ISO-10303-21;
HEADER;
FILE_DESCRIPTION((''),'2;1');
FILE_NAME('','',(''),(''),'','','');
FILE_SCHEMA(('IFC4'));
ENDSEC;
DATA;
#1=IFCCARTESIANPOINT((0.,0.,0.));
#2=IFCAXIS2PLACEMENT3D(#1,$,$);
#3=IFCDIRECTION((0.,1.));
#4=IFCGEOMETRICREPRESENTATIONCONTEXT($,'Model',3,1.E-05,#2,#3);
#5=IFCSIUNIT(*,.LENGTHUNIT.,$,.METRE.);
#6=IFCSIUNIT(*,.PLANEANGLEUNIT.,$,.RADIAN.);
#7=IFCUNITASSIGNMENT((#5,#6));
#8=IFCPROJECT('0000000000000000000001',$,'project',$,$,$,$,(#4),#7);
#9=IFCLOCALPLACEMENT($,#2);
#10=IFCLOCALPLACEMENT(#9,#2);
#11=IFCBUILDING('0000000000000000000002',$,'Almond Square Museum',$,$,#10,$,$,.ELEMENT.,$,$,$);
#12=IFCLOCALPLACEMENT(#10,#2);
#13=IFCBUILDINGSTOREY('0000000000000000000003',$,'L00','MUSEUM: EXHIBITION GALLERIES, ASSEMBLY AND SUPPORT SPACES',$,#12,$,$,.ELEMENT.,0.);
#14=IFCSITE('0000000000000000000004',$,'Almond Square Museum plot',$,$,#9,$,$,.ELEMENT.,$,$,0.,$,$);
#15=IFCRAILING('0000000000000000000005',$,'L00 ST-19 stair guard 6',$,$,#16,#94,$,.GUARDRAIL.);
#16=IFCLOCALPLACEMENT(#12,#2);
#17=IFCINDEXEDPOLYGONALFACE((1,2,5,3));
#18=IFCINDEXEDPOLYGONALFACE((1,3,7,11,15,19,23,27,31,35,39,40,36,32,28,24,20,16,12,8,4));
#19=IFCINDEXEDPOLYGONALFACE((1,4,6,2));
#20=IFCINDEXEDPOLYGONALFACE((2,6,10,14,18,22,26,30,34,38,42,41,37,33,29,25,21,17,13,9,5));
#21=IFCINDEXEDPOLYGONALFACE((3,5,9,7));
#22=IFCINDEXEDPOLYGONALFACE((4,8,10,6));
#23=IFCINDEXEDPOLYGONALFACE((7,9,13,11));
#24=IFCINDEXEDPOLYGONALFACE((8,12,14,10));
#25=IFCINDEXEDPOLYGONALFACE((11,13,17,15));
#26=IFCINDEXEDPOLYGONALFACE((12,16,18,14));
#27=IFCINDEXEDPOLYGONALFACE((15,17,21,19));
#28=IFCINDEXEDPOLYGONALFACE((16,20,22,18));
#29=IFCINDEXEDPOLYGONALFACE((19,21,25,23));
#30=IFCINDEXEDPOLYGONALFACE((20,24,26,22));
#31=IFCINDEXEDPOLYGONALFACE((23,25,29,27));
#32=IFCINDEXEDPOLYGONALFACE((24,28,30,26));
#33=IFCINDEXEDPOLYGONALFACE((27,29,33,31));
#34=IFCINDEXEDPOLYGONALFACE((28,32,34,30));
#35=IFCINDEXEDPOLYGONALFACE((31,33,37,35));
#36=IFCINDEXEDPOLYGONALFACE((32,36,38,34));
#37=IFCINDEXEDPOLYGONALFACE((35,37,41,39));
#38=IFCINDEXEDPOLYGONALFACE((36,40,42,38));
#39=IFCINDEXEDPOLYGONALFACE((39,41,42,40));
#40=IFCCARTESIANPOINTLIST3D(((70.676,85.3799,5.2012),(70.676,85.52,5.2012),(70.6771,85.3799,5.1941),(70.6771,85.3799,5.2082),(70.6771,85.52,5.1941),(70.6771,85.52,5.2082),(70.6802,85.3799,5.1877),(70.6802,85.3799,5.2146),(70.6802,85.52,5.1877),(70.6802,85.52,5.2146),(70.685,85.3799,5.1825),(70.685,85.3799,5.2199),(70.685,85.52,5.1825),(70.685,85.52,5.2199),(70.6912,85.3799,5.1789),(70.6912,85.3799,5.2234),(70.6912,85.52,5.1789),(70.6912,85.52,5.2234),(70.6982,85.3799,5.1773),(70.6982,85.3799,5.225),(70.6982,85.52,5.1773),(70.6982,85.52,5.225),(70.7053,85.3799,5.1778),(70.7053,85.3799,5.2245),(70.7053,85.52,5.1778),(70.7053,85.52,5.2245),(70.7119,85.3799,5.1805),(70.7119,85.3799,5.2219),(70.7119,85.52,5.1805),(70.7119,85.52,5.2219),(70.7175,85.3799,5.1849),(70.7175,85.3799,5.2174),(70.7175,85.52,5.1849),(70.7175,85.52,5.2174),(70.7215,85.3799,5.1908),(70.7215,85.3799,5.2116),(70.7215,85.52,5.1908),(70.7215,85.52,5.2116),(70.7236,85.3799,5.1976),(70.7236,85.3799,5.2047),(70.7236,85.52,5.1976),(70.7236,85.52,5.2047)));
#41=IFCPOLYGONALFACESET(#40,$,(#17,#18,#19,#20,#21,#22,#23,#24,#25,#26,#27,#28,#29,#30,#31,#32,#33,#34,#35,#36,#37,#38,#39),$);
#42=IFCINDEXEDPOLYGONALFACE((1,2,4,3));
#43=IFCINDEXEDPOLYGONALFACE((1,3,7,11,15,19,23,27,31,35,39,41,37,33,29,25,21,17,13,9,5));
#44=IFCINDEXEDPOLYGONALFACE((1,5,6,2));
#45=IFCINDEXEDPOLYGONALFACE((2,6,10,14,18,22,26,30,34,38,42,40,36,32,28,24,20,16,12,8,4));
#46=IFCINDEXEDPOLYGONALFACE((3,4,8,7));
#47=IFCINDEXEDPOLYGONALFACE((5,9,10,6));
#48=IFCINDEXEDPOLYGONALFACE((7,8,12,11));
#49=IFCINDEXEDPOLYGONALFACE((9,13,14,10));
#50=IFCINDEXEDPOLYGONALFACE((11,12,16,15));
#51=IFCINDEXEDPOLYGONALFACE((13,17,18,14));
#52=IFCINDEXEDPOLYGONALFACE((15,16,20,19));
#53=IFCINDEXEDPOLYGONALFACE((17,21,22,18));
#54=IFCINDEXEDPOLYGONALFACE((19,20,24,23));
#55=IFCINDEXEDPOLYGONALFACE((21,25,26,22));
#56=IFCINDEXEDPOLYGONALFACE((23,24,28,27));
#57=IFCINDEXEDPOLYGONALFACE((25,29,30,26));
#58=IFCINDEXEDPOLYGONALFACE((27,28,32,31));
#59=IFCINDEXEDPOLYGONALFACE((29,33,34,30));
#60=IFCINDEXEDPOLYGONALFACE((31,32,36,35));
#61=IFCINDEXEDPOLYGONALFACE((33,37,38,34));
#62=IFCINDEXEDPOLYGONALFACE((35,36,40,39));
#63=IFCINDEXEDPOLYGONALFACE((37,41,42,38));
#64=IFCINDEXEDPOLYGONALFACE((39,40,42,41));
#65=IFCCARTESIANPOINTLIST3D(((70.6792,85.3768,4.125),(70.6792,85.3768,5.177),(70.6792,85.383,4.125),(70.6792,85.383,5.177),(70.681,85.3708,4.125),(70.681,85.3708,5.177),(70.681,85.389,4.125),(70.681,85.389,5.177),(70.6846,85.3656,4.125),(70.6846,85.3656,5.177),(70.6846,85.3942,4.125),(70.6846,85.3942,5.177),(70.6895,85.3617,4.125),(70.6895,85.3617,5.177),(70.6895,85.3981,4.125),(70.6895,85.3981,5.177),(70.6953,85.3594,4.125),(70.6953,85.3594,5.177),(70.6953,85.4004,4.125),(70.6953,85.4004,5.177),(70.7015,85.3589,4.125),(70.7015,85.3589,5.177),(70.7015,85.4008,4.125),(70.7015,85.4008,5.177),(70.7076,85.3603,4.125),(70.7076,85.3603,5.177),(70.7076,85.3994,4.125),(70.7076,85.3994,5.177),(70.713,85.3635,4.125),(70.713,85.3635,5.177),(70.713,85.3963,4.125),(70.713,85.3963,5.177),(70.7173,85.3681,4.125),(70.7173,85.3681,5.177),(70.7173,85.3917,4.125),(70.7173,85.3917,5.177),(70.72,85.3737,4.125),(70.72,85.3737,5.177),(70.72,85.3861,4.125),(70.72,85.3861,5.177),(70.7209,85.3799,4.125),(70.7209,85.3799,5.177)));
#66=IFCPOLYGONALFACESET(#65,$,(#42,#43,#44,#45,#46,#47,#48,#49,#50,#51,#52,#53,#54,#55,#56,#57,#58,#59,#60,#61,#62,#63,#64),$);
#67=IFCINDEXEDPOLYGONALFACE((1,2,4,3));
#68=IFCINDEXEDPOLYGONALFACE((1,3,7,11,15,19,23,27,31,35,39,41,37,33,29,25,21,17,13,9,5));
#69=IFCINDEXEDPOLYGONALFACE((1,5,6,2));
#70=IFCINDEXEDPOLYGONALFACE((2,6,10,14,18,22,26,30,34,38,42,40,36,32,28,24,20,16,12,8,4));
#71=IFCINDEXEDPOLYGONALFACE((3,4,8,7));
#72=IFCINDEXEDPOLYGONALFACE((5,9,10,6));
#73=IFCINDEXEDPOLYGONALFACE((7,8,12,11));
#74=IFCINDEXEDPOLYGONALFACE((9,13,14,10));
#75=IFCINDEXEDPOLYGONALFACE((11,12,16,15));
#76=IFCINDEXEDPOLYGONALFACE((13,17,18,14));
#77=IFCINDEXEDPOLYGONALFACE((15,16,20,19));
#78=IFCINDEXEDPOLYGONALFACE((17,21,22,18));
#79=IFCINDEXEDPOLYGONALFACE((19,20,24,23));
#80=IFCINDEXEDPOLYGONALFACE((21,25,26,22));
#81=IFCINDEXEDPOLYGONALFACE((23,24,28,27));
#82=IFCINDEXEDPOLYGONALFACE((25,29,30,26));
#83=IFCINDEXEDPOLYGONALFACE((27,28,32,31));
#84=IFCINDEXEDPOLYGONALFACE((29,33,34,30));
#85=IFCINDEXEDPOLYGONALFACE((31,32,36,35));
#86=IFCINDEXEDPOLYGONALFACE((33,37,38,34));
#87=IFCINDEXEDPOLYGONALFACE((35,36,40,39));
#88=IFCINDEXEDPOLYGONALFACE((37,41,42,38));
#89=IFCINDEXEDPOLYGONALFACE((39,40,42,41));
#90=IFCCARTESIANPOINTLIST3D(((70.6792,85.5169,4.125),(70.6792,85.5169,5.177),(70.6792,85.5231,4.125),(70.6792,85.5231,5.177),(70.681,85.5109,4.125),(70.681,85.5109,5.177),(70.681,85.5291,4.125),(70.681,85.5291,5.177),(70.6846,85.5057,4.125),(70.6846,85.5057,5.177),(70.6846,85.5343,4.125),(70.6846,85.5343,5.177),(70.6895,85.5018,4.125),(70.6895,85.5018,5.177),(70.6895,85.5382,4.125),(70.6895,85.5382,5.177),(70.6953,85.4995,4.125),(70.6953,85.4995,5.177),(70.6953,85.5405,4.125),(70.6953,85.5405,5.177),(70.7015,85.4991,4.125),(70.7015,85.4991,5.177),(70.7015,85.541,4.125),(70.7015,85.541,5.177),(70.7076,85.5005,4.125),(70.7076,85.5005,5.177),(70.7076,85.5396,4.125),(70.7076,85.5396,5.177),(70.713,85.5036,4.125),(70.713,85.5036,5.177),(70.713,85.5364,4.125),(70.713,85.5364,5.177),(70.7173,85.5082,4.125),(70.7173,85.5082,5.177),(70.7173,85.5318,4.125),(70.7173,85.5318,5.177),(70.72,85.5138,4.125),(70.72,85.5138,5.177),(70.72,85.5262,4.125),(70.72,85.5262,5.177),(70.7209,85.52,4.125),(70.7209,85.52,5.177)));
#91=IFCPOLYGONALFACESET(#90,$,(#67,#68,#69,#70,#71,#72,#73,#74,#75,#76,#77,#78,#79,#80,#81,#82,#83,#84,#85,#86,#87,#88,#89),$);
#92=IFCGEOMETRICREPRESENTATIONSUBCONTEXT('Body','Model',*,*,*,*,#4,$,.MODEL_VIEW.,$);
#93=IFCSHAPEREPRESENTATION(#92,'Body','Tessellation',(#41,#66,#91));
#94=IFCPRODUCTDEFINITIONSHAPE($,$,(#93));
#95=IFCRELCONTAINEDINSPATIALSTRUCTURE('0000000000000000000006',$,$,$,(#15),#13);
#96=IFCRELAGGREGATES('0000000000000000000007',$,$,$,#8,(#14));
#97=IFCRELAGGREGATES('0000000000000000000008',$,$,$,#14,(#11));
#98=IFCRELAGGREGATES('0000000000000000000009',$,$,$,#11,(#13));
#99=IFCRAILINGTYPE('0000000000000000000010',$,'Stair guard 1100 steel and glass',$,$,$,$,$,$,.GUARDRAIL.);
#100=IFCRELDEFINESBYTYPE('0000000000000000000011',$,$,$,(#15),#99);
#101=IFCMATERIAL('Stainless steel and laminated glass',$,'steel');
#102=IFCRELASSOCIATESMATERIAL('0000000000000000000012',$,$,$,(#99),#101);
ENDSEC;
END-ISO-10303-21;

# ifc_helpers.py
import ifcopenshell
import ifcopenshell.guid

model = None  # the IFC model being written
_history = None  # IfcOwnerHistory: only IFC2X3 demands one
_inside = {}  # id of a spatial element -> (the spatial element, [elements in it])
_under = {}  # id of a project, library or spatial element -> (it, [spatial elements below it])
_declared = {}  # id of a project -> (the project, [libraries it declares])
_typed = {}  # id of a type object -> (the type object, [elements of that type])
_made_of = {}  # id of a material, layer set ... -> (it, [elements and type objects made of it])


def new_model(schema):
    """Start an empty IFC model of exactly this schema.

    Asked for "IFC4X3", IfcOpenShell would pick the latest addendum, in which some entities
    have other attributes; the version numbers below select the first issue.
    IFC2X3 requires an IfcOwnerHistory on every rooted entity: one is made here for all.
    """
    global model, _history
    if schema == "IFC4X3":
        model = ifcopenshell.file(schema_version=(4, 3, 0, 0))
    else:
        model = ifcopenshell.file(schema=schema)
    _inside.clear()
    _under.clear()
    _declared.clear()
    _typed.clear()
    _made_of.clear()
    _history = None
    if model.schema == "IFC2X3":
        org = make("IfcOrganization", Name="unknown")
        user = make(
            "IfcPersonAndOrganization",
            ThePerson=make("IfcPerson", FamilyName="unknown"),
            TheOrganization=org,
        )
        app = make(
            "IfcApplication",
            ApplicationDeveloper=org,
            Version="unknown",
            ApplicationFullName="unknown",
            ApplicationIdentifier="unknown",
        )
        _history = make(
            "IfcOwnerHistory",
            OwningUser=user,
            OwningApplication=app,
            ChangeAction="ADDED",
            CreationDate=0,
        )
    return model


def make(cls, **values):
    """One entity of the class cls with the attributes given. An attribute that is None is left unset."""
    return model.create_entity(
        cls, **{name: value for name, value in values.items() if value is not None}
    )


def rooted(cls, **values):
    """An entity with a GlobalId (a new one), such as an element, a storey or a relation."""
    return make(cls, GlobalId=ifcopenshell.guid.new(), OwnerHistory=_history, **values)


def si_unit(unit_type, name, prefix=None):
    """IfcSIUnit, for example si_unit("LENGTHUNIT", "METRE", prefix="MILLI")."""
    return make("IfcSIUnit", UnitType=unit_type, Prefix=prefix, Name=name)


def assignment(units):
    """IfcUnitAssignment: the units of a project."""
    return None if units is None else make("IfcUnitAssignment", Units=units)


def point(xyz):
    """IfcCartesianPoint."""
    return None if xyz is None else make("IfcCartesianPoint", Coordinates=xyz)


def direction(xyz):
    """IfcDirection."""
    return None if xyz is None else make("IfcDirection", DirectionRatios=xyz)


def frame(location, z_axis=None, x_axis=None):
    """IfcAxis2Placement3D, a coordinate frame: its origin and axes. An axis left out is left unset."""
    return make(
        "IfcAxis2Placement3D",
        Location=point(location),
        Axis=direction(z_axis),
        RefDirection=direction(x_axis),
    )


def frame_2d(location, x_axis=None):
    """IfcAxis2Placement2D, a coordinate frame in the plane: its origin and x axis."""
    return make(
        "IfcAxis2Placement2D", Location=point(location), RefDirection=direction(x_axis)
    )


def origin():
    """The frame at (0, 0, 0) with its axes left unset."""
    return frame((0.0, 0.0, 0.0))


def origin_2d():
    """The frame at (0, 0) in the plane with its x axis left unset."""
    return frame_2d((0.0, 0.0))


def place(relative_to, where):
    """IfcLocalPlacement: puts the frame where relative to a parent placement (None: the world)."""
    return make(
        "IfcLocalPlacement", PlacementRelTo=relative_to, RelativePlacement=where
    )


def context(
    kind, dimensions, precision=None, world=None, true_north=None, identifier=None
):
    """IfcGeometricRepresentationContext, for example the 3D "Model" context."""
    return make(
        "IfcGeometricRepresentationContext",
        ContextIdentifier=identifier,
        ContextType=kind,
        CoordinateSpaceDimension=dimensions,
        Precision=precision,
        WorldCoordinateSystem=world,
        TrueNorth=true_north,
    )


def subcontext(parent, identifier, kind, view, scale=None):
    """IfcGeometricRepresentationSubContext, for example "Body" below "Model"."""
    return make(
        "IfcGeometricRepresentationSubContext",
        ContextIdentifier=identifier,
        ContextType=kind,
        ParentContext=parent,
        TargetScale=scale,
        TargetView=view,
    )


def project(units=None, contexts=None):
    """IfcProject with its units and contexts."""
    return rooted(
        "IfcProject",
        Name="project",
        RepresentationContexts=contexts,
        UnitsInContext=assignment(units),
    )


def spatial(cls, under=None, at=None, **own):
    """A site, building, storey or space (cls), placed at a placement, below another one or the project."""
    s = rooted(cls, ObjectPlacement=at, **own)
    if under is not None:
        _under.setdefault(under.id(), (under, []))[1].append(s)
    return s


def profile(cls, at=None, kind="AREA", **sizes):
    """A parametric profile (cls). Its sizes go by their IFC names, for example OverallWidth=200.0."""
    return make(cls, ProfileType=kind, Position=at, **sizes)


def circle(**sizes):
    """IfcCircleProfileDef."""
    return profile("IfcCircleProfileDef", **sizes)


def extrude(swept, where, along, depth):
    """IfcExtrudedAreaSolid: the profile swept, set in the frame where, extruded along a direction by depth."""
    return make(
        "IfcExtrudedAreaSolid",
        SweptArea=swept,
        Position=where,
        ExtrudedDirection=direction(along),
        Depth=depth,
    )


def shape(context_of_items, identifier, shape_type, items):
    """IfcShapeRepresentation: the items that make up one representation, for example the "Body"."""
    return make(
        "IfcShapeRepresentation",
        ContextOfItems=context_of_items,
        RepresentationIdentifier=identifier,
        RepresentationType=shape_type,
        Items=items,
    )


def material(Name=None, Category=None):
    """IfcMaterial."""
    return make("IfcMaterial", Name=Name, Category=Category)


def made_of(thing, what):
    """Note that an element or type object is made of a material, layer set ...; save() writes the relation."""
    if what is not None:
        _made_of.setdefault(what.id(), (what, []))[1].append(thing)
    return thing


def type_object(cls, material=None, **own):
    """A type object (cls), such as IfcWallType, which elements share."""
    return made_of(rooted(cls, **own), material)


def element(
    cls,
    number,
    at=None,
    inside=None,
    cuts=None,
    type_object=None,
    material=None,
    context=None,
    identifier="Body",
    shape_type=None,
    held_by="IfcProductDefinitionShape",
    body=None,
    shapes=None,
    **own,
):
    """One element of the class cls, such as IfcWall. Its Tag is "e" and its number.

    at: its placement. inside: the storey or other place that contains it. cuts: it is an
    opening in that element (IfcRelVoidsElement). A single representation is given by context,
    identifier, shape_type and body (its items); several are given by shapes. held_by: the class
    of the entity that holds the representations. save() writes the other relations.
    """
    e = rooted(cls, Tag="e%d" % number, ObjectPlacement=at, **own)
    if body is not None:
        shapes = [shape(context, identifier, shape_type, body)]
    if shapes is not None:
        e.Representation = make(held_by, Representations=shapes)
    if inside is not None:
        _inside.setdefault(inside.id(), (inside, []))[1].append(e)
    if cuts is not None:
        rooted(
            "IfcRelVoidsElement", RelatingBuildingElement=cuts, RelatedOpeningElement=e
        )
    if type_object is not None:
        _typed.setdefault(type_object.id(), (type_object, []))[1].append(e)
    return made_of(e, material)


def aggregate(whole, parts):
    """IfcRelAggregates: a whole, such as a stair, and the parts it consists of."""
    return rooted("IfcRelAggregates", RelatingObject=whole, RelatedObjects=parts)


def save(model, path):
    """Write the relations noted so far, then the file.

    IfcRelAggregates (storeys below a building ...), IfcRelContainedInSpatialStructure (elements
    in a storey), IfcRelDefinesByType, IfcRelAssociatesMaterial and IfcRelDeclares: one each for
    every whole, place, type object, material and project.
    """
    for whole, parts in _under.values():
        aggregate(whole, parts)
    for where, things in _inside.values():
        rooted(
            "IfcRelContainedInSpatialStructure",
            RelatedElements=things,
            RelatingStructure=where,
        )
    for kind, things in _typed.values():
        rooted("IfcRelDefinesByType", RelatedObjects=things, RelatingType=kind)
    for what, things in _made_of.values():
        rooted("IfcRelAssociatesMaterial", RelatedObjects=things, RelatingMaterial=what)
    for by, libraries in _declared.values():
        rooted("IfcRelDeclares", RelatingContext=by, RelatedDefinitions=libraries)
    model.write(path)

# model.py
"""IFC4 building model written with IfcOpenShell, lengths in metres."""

from ifc_helpers import new_model, si_unit, direction, frame, origin, origin_2d, place, context, subcontext, project, spatial, circle, extrude, material, type_object, element, save


model = new_model("IFC4")

# Units and contexts
model_context = context("Model", 3, precision=1e-05, world=origin(), true_north=direction((0.0, 1.0)))
body_context = subcontext(model_context, "Body", "Model", "MODEL_VIEW")
ifc_project = project(units=[si_unit("LENGTHUNIT", "METRE"), si_unit("PLANEANGLEUNIT", "RADIAN")], contexts=[model_context])

# Site, building, storey
site_placement = place(None, origin())
site = spatial("IfcSite", under=ifc_project, at=site_placement, Name="Almond Square Museum plot", CompositionType="ELEMENT", RefElevation=0.0)
building_placement = place(site_placement, origin())
building = spatial("IfcBuilding", under=site, at=building_placement, Name="Almond Square Museum", CompositionType="ELEMENT")
storey_placement = place(building_placement, origin())
storey = spatial("IfcBuildingStorey", under=building, at=storey_placement, Name="L00", Description="MUSEUM: EXHIBITION GALLERIES, ASSEMBLY AND SUPPORT SPACES", CompositionType="ELEMENT", Elevation=0.0)

# Railing
ifc_material_1 = material(Name="Stainless steel and laminated glass", Category="steel")
railing_type_1 = type_object("IfcRailingType", Name="Stair guard 1100 steel and glass", PredefinedType="GUARDRAIL", material=ifc_material_1)
railing_1_placement = place(storey_placement, frame((70.7, 85.3799, 4.125)))
element("IfcRailing", 1, at=railing_1_placement, inside=storey, type_object=railing_type_1, Name="L00 ST-19 stair guard 6", PredefinedType="GUARDRAIL", context=body_context, shape_type="SweptSolid", body=[
    extrude(circle(Radius=0.0239, at=origin_2d()), frame((0.0, 0.0, 1.0762), z_axis=(0.0, 1.0, 0.0), x_axis=(-1.0, 0.0, 0.0)), (0.0, 0.0, 1.0), 0.1401),
    extrude(circle(Radius=0.021, at=origin_2d()), origin(), (0.0, 0.0, 1.0), 1.052),
    extrude(circle(Radius=0.021, at=origin_2d()), frame((0.0, 0.1401, 0.0)), (0.0, 0.0, 1.0), 1.052),
])

save(model, "model.ifc")
